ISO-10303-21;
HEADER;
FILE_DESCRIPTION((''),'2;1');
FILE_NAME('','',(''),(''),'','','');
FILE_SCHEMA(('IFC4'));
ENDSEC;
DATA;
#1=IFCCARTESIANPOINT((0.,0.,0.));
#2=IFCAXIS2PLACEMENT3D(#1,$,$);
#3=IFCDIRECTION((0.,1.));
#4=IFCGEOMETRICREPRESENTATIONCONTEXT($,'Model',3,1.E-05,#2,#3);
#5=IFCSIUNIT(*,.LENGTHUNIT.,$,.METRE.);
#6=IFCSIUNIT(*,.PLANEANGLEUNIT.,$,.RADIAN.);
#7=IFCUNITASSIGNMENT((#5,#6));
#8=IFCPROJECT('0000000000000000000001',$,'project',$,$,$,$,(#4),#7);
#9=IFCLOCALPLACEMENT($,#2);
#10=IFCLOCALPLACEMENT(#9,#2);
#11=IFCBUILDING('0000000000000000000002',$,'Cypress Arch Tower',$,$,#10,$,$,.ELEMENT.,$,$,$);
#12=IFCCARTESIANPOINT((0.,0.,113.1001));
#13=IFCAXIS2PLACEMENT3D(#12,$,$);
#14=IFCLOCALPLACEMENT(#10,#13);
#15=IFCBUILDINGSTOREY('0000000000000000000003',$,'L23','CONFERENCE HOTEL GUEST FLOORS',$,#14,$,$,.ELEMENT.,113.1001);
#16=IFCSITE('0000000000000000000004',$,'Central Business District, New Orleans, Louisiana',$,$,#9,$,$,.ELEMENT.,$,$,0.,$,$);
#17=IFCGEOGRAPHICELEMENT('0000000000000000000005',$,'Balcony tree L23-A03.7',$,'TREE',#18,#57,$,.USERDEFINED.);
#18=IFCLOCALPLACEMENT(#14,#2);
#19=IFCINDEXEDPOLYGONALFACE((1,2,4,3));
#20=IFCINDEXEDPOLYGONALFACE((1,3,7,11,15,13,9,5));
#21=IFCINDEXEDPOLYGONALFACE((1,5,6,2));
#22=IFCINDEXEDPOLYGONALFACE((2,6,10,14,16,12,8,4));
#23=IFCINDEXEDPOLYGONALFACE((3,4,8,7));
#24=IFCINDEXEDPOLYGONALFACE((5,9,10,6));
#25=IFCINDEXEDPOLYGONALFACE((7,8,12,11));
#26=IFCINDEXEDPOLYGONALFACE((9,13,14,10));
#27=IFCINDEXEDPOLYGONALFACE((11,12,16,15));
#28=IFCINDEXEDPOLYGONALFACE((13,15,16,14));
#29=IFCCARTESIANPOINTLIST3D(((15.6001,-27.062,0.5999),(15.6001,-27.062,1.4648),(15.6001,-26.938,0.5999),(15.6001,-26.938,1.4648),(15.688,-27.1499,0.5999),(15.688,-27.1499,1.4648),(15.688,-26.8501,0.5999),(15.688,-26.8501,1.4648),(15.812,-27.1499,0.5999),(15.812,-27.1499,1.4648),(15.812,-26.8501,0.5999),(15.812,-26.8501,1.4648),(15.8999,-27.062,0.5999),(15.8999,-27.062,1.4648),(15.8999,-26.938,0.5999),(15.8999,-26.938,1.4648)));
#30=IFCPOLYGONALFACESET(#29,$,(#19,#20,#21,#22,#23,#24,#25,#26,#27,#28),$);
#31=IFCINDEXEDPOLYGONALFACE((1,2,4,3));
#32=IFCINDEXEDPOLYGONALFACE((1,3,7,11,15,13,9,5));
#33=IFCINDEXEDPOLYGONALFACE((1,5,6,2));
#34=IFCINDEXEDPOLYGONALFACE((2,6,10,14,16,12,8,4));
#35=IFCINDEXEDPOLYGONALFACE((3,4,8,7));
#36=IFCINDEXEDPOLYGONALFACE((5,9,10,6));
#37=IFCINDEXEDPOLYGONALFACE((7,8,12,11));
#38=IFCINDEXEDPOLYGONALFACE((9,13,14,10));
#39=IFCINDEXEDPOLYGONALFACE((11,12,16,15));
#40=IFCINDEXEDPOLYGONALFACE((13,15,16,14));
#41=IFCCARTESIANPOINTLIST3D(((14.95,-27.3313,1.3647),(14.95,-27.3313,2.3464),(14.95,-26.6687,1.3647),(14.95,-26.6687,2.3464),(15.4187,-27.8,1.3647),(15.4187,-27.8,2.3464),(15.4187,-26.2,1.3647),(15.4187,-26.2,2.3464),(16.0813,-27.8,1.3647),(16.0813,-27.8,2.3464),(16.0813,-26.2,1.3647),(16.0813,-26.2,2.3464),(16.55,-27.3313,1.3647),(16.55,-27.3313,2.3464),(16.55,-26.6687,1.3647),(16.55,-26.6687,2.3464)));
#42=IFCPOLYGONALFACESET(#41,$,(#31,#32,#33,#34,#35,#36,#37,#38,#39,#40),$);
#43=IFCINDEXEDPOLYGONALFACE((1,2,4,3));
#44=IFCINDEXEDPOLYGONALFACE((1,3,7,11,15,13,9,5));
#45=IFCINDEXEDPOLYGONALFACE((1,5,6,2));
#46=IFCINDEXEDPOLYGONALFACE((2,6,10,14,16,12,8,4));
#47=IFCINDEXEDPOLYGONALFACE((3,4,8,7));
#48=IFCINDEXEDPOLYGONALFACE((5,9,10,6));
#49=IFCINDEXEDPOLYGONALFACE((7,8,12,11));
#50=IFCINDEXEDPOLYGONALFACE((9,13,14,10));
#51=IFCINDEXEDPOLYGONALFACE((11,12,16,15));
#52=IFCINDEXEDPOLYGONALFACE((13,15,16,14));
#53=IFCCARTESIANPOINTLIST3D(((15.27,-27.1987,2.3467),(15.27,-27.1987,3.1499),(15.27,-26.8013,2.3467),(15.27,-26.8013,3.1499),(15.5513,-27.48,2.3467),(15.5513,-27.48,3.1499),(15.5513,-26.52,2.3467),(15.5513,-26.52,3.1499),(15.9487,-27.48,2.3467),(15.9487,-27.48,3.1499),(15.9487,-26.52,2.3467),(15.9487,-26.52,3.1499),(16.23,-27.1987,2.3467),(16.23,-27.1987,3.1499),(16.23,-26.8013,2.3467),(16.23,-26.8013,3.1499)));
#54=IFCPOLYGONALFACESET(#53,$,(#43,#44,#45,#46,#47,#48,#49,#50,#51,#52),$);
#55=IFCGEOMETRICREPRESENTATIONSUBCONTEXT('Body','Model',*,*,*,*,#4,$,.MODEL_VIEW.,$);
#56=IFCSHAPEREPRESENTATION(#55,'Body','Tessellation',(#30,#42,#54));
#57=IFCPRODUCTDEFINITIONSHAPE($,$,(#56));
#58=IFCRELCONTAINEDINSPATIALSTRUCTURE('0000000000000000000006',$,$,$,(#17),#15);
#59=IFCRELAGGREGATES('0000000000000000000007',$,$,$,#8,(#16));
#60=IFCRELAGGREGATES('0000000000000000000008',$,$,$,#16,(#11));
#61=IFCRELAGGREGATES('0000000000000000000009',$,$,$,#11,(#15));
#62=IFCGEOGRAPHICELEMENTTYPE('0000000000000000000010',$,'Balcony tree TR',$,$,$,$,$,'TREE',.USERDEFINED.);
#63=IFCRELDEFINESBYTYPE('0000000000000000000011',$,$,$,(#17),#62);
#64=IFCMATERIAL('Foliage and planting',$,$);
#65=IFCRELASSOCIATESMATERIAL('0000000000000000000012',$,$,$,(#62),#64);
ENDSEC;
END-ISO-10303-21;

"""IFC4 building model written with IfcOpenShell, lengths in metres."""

from ifc_helpers import new_model, si_unit, direction, frame, origin, place, context, subcontext, project, spatial, polyline, outline, extrude, material, type_object, element, save


model = new_model("IFC4")

# Units and contexts
model_context = context("Model", 3, precision=1e-05, world=origin(), true_north=direction((0.0, 1.0)))
body_context = subcontext(model_context, "Body", "Model", "MODEL_VIEW")
ifc_project = project(units=[si_unit("LENGTHUNIT", "METRE"), si_unit("PLANEANGLEUNIT", "RADIAN")], contexts=[model_context])

# Site, building, storey
site_placement = place(None, origin())
site = spatial("IfcSite", under=ifc_project, at=site_placement, Name="Central Business District, New Orleans, Louisiana", CompositionType="ELEMENT", RefElevation=0.0)
building_placement = place(site_placement, origin())
building = spatial("IfcBuilding", under=site, at=building_placement, Name="Cypress Arch Tower", CompositionType="ELEMENT")
storey_placement = place(building_placement, frame((0.0, 0.0, 113.1001)))
storey = spatial("IfcBuildingStorey", under=building, at=storey_placement, Name="L23", Description="CONFERENCE HOTEL GUEST FLOORS", CompositionType="ELEMENT", Elevation=113.1001)

# Geographic element
ifc_material_1 = material(Name="Foliage and planting")
geographic_element_type = type_object("IfcGeographicElementType", Name="Balcony tree TR", ElementType="TREE", PredefinedType="USERDEFINED", material=ifc_material_1)
geographic_element_placement = place(storey_placement, frame((15.75, -27.0, 0.5999), z_axis=(0.0, 0.0, 1.0), x_axis=(1.0, 0.0, 0.0)))
element("IfcGeographicElement", 1, at=geographic_element_placement, inside=storey, type_object=geographic_element_type, Name="Balcony tree L23-A03.7", ObjectType="TREE", PredefinedType="USERDEFINED", context=body_context, shape_type="SweptSolid", body=[
    extrude(outline(polyline([(0.1499, 0.062), (0.062, 0.1499), (-0.062, 0.1499), (-0.1499, 0.062), (-0.1499, -0.062), (-0.062, -0.1499), (0.062, -0.1499), (0.1499, -0.062), (0.1499, 0.062)])), origin(), (0.0, 0.0, 1.0), 0.865),
    extrude(outline(polyline([(0.8, 0.3313), (0.3313, 0.8), (-0.3313, 0.8), (-0.8, 0.3313), (-0.8, -0.3313), (-0.3313, -0.8), (0.3313, -0.8), (0.8, -0.3313), (0.8, 0.3313)])), frame((0.0, 0.0, 0.7649)), (0.0, 0.0, 1.0), 0.9817),
    extrude(outline(polyline([(0.48, 0.1987), (0.1987, 0.48), (-0.1987, 0.48), (-0.48, 0.1987), (-0.48, -0.1987), (-0.1987, -0.48), (0.1987, -0.48), (0.48, -0.1987), (0.48, 0.1987)])), frame((0.0, 0.0, 1.7468)), (0.0, 0.0, 1.0), 0.8032),
])

save(model, "model.ifc")
